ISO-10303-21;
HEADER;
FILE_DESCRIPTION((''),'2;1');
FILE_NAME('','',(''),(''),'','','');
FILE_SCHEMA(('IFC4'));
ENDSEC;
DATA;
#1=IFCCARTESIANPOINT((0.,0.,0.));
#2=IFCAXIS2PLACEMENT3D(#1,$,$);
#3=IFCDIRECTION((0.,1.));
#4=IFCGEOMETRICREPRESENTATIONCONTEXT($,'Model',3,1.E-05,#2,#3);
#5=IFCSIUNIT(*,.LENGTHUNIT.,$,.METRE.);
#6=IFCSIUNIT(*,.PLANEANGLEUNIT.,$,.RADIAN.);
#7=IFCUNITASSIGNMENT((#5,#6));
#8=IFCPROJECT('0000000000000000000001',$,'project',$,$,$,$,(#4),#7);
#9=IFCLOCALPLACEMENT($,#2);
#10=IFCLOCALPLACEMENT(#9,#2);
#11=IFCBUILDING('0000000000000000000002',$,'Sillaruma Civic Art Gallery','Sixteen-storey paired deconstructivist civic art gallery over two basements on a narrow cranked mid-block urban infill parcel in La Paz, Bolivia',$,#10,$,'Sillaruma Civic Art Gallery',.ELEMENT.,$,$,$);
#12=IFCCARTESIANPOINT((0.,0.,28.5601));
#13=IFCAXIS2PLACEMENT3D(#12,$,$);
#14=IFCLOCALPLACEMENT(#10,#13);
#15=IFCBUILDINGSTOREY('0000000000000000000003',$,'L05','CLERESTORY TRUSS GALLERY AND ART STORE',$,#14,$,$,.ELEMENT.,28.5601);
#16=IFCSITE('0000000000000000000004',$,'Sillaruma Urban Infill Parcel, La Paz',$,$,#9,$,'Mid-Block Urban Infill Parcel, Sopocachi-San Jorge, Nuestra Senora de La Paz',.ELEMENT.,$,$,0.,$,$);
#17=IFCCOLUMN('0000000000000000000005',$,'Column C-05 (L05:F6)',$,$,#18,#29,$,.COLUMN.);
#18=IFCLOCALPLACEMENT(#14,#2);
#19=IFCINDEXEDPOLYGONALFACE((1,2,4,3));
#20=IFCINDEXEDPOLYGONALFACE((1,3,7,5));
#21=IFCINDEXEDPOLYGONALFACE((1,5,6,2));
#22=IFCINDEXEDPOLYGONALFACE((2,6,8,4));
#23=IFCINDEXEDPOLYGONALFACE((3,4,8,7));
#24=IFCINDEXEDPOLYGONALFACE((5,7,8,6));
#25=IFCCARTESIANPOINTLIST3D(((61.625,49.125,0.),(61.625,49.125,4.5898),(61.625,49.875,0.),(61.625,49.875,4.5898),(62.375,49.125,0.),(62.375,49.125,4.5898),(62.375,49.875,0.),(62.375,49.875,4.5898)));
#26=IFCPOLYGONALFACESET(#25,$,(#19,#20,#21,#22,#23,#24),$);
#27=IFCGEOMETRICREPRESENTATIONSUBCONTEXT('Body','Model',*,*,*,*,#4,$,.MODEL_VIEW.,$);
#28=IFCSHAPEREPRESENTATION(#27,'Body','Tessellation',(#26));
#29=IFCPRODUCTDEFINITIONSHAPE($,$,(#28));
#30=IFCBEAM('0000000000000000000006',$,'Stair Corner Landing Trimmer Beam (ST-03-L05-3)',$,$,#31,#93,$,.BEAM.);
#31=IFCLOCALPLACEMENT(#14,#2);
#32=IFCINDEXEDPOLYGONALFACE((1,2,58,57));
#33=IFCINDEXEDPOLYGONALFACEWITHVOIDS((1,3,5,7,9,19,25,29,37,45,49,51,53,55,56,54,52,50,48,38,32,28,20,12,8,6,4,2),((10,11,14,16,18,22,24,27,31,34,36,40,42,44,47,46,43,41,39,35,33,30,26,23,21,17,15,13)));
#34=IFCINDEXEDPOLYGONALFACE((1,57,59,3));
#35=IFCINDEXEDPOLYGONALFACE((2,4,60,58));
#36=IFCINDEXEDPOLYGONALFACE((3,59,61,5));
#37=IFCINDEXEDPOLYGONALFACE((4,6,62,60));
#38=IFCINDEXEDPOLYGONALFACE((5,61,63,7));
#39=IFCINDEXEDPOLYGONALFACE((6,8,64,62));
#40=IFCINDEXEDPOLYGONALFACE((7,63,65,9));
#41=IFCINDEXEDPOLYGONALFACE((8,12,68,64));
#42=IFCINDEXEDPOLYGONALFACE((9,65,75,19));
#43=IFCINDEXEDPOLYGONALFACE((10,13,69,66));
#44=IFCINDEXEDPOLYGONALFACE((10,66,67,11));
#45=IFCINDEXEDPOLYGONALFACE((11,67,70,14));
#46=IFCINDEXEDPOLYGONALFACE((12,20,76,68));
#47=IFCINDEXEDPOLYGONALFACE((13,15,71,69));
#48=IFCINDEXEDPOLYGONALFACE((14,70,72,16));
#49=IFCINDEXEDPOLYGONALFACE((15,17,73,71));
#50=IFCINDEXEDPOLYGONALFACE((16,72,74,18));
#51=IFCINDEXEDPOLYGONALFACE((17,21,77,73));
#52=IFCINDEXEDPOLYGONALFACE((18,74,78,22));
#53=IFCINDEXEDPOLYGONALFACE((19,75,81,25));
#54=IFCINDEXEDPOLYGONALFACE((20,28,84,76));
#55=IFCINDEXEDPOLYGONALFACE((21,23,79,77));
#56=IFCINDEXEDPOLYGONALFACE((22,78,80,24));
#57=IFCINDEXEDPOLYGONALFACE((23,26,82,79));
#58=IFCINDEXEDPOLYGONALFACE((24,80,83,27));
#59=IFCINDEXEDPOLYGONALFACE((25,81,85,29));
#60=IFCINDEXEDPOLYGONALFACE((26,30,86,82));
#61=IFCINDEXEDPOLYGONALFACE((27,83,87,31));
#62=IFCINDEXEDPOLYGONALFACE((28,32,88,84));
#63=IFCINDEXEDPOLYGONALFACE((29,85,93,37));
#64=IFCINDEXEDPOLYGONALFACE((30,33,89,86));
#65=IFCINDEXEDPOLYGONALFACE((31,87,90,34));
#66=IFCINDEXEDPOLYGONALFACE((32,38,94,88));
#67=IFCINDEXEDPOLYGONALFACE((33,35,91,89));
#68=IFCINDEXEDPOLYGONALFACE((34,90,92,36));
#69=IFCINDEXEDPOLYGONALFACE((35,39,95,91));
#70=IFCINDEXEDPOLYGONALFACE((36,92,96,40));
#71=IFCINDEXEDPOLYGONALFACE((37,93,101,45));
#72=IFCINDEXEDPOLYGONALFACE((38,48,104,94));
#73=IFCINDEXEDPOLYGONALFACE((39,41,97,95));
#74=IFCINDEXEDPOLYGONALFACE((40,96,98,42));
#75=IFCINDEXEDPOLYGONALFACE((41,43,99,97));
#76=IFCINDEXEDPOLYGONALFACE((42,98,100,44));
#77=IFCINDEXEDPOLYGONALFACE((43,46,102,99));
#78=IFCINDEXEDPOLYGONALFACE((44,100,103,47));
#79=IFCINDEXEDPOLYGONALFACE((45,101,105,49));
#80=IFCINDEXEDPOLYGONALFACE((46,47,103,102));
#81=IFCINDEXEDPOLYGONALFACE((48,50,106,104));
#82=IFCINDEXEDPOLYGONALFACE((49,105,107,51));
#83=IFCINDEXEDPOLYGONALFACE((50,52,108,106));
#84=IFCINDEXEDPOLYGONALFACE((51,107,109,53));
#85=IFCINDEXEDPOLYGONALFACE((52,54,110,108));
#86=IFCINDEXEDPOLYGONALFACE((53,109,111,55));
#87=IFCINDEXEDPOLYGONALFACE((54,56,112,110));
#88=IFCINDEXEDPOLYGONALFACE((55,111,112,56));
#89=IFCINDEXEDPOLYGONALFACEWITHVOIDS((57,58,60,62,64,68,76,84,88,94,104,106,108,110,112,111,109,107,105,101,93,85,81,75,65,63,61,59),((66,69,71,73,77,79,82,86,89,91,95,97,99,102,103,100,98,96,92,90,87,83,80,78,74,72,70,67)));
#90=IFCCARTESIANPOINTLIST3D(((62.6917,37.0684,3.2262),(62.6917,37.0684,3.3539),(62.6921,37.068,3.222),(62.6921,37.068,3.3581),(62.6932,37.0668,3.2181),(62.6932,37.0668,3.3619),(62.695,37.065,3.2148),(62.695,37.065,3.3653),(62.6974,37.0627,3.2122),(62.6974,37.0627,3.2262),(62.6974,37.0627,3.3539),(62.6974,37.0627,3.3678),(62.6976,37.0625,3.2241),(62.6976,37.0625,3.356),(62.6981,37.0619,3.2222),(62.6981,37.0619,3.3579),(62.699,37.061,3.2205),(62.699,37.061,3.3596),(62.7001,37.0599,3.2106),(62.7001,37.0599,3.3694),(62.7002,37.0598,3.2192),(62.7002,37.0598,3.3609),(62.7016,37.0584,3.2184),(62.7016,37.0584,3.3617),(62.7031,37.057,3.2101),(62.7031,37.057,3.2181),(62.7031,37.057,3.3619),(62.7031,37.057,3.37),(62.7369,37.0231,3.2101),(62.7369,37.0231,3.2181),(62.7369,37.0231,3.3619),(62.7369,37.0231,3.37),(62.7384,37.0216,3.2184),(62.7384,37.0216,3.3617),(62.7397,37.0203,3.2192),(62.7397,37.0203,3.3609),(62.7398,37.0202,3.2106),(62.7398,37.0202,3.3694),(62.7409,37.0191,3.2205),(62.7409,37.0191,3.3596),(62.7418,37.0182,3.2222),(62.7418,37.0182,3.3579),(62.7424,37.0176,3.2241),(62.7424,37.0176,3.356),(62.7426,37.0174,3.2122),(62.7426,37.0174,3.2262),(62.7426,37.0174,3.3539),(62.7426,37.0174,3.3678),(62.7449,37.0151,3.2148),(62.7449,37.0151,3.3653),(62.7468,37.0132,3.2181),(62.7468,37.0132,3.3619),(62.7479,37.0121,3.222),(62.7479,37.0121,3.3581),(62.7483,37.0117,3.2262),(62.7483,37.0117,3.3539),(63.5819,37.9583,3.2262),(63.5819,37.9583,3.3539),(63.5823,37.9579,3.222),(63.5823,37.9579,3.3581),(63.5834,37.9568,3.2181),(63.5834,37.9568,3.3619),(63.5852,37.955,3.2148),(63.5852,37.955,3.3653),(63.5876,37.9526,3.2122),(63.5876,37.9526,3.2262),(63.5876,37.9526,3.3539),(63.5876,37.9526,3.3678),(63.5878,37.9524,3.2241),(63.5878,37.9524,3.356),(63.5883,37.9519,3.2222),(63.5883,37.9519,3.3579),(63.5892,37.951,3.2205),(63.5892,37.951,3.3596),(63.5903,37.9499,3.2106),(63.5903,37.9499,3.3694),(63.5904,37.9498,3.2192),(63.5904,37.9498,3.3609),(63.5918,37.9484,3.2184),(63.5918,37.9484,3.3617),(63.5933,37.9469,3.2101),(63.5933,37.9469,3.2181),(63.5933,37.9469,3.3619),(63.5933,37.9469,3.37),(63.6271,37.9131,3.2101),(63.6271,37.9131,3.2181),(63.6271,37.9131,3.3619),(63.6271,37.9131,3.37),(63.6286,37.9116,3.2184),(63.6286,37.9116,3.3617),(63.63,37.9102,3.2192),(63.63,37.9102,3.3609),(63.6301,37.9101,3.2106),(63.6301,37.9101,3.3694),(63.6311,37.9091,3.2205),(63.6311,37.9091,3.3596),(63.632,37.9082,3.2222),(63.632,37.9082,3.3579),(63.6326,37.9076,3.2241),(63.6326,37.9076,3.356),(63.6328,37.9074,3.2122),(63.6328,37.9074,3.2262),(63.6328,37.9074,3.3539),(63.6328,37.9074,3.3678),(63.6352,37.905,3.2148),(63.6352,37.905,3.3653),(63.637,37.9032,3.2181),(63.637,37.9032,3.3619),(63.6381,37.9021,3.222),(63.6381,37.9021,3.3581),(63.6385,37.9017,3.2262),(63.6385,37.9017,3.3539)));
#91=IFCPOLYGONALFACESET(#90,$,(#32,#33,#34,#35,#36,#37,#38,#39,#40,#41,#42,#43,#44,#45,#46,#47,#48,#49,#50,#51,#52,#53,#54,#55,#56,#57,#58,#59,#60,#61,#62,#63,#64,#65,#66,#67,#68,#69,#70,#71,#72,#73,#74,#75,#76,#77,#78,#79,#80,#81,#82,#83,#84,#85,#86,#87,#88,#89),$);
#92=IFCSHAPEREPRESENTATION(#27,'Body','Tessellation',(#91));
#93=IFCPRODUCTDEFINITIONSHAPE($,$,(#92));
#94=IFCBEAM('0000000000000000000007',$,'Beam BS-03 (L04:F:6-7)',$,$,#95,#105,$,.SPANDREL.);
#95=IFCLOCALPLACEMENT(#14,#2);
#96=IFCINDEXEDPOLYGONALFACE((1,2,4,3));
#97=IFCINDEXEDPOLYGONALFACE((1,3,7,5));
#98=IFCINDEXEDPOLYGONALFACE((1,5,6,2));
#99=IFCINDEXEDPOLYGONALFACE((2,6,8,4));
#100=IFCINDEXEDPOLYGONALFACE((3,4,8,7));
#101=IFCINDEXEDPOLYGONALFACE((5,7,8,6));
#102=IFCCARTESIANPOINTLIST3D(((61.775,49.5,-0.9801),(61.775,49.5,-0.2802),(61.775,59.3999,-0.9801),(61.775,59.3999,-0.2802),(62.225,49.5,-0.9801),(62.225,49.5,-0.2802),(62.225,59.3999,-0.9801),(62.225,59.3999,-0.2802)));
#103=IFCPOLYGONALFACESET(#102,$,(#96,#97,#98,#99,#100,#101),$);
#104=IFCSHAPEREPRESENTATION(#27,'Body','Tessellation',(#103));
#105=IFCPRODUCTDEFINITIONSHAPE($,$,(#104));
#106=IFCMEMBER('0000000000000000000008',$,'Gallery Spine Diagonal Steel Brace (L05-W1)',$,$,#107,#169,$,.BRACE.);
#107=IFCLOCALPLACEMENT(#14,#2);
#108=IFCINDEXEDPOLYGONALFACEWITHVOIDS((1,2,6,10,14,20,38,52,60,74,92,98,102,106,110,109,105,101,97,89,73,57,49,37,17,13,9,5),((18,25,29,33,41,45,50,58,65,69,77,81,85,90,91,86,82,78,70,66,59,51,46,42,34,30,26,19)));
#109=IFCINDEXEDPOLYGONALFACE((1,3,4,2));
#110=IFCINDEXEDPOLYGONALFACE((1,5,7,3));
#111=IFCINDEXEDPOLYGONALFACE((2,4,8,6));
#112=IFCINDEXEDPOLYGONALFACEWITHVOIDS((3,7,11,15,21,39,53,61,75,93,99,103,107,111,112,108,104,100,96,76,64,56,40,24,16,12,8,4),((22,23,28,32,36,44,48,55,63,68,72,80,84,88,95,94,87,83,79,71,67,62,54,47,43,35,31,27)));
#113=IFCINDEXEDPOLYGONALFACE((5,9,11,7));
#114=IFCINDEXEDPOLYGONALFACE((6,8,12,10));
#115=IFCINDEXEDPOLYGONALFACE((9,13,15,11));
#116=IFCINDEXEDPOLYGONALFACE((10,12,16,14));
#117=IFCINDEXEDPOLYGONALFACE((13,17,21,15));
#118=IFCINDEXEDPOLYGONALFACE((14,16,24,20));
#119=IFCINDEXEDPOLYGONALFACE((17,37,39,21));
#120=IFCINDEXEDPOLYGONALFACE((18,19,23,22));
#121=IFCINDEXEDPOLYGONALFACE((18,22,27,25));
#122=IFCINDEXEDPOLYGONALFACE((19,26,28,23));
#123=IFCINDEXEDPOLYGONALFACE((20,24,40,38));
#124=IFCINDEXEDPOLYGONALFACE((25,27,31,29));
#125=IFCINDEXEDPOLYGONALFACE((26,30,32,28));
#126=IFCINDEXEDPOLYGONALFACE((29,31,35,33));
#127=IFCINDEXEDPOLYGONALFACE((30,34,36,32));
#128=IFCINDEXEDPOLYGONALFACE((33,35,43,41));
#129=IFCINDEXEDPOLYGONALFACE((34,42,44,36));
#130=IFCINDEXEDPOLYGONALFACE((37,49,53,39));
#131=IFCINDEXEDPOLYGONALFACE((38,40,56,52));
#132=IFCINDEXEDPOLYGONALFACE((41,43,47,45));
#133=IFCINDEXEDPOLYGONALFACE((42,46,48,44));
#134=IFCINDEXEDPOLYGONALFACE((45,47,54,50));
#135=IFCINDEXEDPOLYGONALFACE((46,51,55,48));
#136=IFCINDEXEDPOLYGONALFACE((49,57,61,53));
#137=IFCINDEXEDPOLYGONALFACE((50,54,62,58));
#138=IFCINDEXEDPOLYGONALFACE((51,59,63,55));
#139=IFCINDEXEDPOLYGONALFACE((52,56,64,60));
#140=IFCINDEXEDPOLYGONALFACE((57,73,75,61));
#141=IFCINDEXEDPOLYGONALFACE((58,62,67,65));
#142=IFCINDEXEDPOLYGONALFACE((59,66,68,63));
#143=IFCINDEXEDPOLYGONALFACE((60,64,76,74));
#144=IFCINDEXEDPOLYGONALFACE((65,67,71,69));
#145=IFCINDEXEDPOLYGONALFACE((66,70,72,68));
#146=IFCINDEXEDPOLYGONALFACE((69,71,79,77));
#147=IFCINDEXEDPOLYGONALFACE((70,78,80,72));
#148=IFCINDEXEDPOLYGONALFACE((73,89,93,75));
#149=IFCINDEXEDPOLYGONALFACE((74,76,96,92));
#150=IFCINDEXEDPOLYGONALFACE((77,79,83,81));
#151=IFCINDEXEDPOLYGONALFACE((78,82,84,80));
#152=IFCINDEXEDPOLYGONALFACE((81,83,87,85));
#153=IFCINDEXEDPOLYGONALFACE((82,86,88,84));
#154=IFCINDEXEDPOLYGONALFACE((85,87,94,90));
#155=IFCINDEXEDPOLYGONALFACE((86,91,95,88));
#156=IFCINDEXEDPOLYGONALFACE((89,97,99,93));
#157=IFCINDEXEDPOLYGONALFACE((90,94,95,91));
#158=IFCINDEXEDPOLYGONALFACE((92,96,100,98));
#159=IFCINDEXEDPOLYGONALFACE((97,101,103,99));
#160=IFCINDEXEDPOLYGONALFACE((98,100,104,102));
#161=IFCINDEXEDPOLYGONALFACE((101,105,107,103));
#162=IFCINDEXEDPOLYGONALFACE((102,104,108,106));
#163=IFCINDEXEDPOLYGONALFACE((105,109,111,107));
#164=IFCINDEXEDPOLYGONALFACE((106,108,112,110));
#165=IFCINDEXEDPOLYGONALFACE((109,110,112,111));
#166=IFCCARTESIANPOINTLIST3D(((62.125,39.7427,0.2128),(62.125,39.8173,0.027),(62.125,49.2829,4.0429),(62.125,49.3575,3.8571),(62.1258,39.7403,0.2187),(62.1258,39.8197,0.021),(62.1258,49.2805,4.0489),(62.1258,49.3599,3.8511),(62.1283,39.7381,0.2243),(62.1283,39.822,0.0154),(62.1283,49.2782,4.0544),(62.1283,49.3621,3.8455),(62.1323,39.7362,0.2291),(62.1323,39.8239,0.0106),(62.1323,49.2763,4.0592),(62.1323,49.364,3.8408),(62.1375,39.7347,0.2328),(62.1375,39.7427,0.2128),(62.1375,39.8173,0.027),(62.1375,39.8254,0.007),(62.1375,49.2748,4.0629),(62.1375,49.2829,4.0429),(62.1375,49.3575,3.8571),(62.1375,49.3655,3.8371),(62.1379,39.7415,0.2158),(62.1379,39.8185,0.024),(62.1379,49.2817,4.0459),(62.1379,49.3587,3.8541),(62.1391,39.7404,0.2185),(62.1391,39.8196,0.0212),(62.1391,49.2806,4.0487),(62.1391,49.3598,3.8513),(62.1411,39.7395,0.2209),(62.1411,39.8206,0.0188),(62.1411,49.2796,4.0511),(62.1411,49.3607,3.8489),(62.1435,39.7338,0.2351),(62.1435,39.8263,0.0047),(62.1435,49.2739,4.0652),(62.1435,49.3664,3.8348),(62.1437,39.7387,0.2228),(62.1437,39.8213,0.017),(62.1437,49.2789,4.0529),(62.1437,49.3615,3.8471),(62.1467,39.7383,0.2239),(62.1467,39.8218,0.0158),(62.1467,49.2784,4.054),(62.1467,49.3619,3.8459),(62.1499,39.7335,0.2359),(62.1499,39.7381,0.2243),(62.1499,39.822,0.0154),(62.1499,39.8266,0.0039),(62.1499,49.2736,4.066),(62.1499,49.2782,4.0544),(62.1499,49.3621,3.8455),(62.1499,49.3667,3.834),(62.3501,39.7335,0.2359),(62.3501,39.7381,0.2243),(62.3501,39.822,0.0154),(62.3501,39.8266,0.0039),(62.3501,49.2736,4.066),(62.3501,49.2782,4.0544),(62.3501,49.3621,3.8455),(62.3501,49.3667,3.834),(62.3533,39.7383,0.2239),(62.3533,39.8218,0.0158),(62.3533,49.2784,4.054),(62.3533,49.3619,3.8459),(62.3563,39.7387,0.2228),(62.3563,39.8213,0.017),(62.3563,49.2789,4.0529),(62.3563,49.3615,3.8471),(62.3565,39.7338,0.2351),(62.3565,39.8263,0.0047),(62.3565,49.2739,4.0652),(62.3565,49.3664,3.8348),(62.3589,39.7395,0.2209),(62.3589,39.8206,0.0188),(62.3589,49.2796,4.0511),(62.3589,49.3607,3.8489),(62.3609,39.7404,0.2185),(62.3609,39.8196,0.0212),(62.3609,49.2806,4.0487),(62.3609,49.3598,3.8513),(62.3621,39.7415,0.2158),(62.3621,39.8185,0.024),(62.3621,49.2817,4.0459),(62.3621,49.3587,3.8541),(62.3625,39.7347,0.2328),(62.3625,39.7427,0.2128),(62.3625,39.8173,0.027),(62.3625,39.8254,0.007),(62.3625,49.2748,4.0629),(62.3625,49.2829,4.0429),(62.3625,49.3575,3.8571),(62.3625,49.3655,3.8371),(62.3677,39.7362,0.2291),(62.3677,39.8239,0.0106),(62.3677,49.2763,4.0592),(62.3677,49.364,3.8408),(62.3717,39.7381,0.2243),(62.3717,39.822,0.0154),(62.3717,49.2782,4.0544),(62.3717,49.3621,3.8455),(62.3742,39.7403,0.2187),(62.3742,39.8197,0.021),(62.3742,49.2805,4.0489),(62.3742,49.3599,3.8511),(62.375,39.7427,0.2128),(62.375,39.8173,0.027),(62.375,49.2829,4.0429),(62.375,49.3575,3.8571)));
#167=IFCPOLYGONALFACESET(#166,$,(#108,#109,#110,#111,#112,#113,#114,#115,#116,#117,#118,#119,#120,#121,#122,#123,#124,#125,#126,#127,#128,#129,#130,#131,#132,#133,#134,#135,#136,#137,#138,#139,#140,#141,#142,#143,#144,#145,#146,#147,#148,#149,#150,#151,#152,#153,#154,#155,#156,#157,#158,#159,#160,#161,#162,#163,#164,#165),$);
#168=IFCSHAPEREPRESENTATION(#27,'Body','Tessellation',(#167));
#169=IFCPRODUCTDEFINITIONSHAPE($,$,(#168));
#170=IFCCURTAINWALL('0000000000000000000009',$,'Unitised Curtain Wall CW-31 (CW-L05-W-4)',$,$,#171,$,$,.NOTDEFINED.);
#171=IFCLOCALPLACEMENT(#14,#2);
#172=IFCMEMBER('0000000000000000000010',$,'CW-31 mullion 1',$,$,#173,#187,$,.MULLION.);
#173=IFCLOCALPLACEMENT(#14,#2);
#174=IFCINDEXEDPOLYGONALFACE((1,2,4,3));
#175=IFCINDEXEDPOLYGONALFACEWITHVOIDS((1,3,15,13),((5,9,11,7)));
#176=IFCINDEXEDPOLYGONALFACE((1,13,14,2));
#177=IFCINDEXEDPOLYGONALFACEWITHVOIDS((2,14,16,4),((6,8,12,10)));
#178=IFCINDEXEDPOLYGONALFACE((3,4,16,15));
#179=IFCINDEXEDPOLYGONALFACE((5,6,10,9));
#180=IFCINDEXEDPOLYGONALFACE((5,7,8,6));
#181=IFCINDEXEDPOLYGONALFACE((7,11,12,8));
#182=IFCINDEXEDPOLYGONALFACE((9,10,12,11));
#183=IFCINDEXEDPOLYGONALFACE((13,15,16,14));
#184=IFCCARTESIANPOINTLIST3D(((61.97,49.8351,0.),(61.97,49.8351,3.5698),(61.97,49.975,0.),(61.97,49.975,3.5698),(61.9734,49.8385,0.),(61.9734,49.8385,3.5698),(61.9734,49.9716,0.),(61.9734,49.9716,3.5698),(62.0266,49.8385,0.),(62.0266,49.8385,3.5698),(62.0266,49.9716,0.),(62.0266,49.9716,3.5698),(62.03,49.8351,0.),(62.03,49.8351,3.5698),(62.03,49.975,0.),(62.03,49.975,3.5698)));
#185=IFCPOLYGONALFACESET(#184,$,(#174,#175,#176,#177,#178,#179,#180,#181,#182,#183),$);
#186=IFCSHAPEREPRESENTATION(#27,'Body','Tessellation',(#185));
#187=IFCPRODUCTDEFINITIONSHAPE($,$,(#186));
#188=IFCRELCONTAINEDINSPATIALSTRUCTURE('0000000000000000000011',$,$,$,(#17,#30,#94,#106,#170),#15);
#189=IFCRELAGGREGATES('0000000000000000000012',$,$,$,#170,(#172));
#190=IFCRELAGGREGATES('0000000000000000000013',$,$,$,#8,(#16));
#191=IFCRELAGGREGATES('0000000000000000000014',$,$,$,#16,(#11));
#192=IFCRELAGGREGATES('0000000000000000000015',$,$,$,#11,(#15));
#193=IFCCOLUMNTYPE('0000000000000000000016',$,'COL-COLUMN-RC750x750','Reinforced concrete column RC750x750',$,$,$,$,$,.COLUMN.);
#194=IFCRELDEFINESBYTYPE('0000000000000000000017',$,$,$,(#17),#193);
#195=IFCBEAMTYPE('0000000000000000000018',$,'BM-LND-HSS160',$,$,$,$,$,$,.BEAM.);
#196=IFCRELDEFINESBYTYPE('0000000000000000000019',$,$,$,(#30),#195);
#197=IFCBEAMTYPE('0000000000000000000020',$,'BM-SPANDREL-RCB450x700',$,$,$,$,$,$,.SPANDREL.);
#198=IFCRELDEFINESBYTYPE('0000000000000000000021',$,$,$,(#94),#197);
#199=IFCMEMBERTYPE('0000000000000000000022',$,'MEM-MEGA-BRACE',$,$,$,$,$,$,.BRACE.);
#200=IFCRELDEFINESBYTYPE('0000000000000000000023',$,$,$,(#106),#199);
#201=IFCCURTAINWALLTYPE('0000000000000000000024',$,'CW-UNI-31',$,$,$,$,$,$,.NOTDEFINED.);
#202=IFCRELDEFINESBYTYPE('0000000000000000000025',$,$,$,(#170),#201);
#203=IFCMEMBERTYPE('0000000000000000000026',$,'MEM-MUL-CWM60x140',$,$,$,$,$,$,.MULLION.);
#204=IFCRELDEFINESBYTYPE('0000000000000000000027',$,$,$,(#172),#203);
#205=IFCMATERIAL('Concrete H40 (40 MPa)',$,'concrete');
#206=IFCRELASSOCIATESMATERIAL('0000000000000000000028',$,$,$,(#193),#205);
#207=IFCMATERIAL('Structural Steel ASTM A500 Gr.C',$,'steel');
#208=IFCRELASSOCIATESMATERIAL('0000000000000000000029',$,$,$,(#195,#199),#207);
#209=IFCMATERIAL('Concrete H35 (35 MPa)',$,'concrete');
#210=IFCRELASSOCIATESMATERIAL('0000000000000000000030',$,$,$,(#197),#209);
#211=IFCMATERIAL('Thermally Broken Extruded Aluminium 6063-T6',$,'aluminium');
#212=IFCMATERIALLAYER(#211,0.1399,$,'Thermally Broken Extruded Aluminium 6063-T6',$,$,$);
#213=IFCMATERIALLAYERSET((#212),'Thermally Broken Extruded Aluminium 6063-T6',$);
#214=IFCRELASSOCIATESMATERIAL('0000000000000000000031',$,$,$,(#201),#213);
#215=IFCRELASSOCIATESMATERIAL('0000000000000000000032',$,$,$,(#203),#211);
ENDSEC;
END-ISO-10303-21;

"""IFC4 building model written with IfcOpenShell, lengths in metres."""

from ifc_helpers import new_model, si_unit, direction, frame, origin, origin_2d, place, context, subcontext, project, spatial, rectangle, hollow_rectangle, extrude, material, layer, layer_set, material_profile, profile_set, type_object, element, aggregate, save


model = new_model("IFC4")

# Units and contexts
model_context = context("Model", 3, precision=1e-05, world=origin(), true_north=direction((0.0, 1.0)))
body_context = subcontext(model_context, "Body", "Model", "MODEL_VIEW")
ifc_project = project(units=[si_unit("LENGTHUNIT", "METRE"), si_unit("PLANEANGLEUNIT", "RADIAN")], contexts=[model_context])

# Site, building, storey
site_placement = place(None, origin())
site = spatial("IfcSite", under=ifc_project, at=site_placement, Name="Sillaruma Urban Infill Parcel, La Paz", LongName="Mid-Block Urban Infill Parcel, Sopocachi-San Jorge, Nuestra Senora de La Paz", CompositionType="ELEMENT", RefElevation=0.0)
building_placement = place(site_placement, origin())
building = spatial("IfcBuilding", under=site, at=building_placement, Name="Sillaruma Civic Art Gallery", Description="Sixteen-storey paired deconstructivist civic art gallery over two basements on a narrow cranked mid-block urban infill parcel in La Paz, Bolivia", LongName="Sillaruma Civic Art Gallery", CompositionType="ELEMENT")
storey_placement = place(building_placement, frame((0.0, 0.0, 28.5601)))
storey = spatial("IfcBuildingStorey", under=building, at=storey_placement, Name="L05", Description="CLERESTORY TRUSS GALLERY AND ART STORE", CompositionType="ELEMENT", Elevation=28.5601)

# Column
ifc_material_1 = material(Name="Concrete H40 (40 MPa)", Category="concrete")
ifc_material_profile_1 = material_profile(ifc_material_1, rectangle(XDim=0.75, YDim=0.75, at=origin_2d()), Name="RC750x750")
ifc_profile_set_1 = profile_set([ifc_material_profile_1], Name="Concrete H40 (40 MPa)")
column_type = type_object("IfcColumnType", Name="COL-COLUMN-RC750x750", Description="Reinforced concrete column RC750x750", PredefinedType="COLUMN", material=ifc_profile_set_1)
column_placement = place(storey_placement, frame((62.0, 49.5, 0.0), z_axis=(0.0, 0.0, 1.0), x_axis=(1.0, 0.0, 0.0)))
element("IfcColumn", 1, at=column_placement, inside=storey, type_object=column_type, Name="Column C-05 (L05:F6)", PredefinedType="COLUMN", context=body_context, shape_type="SweptSolid", body=[
    extrude(rectangle(XDim=0.75, YDim=0.75, at=origin_2d()), origin(), (0.0, 0.0, 1.0), 4.5898),
])

# Beams
ifc_material_2 = material(Name="Structural Steel ASTM A500 Gr.C", Category="steel")
ifc_material_profile_2 = material_profile(ifc_material_2, hollow_rectangle(XDim=0.0801, YDim=0.1599, WallThickness=0.0081, InnerFilletRadius=0.0081, OuterFilletRadius=0.0161, at=origin_2d()), Name="HSS160x80x8")
ifc_profile_set_2 = profile_set([ifc_material_profile_2], Name="Structural Steel ASTM A500 Gr.C")
beam_type_1 = type_object("IfcBeamType", Name="BM-LND-HSS160", PredefinedType="BEAM", material=ifc_profile_set_2)
beam_1_placement = place(storey_placement, frame((62.72, 37.04, 3.29), z_axis=(0.707204, 0.70701, 0.0), x_axis=(-0.70701, 0.707204, 0.0)))
element("IfcBeam", 2, at=beam_1_placement, inside=storey, type_object=beam_type_1, Name="Stair Corner Landing Trimmer Beam (ST-03-L05-3)", PredefinedType="BEAM", context=body_context, shape_type="SweptSolid", body=[
    extrude(hollow_rectangle(XDim=0.0801, YDim=0.1599, WallThickness=0.0081, InnerFilletRadius=0.0081, OuterFilletRadius=0.0161, at=origin_2d()), origin(), (0.0, 0.0, 1.0), 1.2588),
])
ifc_material_3 = material(Name="Concrete H35 (35 MPa)", Category="concrete")
ifc_material_profile_3 = material_profile(ifc_material_3, rectangle(XDim=0.45, YDim=0.7, at=origin_2d()), Name="RCB450x700")
ifc_profile_set_3 = profile_set([ifc_material_profile_3], Name="Concrete H35 (35 MPa)")
beam_type_2 = type_object("IfcBeamType", Name="BM-SPANDREL-RCB450x700", PredefinedType="SPANDREL", material=ifc_profile_set_3)
beam_2_placement = place(storey_placement, frame((62.0, 49.5, -0.6301), z_axis=(0.0, 1.0, 0.0), x_axis=(-1.0, 0.0, 0.0)))
element("IfcBeam", 3, at=beam_2_placement, inside=storey, type_object=beam_type_2, Name="Beam BS-03 (L04:F:6-7)", PredefinedType="SPANDREL", context=body_context, shape_type="SweptSolid", body=[
    extrude(rectangle(XDim=0.45, YDim=0.7, at=origin_2d()), origin(), (0.0, 0.0, 1.0), 9.8999),
])

# Member
ifc_material_profile_4 = material_profile(ifc_material_2, hollow_rectangle(XDim=0.25, YDim=0.25, WallThickness=0.0125, InnerFilletRadius=0.0125, OuterFilletRadius=0.0249, at=origin_2d()), Name="HSS250x250x12.5")
ifc_profile_set_4 = profile_set([ifc_material_profile_4], Name="Structural Steel ASTM A500 Gr.C")
member_type_1 = type_object("IfcMemberType", Name="MEM-MEGA-BRACE", PredefinedType="BRACE", material=ifc_profile_set_4)
member_1_placement = place(storey_placement, frame((62.25, 39.78, 0.1199), z_axis=(0.0, 0.928004, 0.37257), x_axis=(-1.0, 0.0, 0.0)))
element("IfcMember", 4, at=member_1_placement, inside=storey, type_object=member_type_1, Name="Gallery Spine Diagonal Steel Brace (L05-W1)", PredefinedType="BRACE", context=body_context, shape_type="SweptSolid", body=[
    extrude(hollow_rectangle(XDim=0.25, YDim=0.25, WallThickness=0.0125, InnerFilletRadius=0.0125, OuterFilletRadius=0.0249, at=origin_2d()), origin(), (0.0, 0.0, 1.0), 10.2803),
])

# Curtain wall, member
ifc_material_4 = material(Name="Thermally Broken Extruded Aluminium 6063-T6", Category="aluminium")
ifc_layer_1 = layer(ifc_material_4, 0.1399, Name="Thermally Broken Extruded Aluminium 6063-T6")
ifc_layer_set_1 = layer_set([ifc_layer_1], Name="Thermally Broken Extruded Aluminium 6063-T6")
curtain_wall_type_1 = type_object("IfcCurtainWallType", Name="CW-UNI-31", PredefinedType="NOTDEFINED", material=ifc_layer_set_1)
curtain_wall_1_placement = place(storey_placement, origin())
curtain_wall_1 = element("IfcCurtainWall", 5, at=curtain_wall_1_placement, inside=storey, type_object=curtain_wall_type_1, Name="Unitised Curtain Wall CW-31 (CW-L05-W-4)", PredefinedType="NOTDEFINED")
ifc_material_profile_5 = material_profile(ifc_material_4, hollow_rectangle(XDim=0.0601, YDim=0.1399, WallThickness=0.0034, at=origin_2d()), Name="CWM60x140")
ifc_profile_set_5 = profile_set([ifc_material_profile_5], Name="Thermally Broken Extruded Aluminium 6063-T6")
member_type_2 = type_object("IfcMemberType", Name="MEM-MUL-CWM60x140", PredefinedType="MULLION", material=ifc_profile_set_5)
member_2_placement = place(storey_placement, frame((62.0, 49.905, 0.0), z_axis=(0.0, 0.0, 1.0), x_axis=(-1.0, 0.0, 0.0)))
member_2 = element("IfcMember", 6, at=member_2_placement, type_object=member_type_2, Name="CW-31 mullion 1", PredefinedType="MULLION", context=body_context, shape_type="SweptSolid", body=[
    extrude(hollow_rectangle(XDim=0.0601, YDim=0.1399, WallThickness=0.0034, at=origin_2d()), origin(), (0.0, 0.0, 1.0), 3.5698),
])

aggregate(curtain_wall_1, [member_2])

save(model, "model.ifc")
